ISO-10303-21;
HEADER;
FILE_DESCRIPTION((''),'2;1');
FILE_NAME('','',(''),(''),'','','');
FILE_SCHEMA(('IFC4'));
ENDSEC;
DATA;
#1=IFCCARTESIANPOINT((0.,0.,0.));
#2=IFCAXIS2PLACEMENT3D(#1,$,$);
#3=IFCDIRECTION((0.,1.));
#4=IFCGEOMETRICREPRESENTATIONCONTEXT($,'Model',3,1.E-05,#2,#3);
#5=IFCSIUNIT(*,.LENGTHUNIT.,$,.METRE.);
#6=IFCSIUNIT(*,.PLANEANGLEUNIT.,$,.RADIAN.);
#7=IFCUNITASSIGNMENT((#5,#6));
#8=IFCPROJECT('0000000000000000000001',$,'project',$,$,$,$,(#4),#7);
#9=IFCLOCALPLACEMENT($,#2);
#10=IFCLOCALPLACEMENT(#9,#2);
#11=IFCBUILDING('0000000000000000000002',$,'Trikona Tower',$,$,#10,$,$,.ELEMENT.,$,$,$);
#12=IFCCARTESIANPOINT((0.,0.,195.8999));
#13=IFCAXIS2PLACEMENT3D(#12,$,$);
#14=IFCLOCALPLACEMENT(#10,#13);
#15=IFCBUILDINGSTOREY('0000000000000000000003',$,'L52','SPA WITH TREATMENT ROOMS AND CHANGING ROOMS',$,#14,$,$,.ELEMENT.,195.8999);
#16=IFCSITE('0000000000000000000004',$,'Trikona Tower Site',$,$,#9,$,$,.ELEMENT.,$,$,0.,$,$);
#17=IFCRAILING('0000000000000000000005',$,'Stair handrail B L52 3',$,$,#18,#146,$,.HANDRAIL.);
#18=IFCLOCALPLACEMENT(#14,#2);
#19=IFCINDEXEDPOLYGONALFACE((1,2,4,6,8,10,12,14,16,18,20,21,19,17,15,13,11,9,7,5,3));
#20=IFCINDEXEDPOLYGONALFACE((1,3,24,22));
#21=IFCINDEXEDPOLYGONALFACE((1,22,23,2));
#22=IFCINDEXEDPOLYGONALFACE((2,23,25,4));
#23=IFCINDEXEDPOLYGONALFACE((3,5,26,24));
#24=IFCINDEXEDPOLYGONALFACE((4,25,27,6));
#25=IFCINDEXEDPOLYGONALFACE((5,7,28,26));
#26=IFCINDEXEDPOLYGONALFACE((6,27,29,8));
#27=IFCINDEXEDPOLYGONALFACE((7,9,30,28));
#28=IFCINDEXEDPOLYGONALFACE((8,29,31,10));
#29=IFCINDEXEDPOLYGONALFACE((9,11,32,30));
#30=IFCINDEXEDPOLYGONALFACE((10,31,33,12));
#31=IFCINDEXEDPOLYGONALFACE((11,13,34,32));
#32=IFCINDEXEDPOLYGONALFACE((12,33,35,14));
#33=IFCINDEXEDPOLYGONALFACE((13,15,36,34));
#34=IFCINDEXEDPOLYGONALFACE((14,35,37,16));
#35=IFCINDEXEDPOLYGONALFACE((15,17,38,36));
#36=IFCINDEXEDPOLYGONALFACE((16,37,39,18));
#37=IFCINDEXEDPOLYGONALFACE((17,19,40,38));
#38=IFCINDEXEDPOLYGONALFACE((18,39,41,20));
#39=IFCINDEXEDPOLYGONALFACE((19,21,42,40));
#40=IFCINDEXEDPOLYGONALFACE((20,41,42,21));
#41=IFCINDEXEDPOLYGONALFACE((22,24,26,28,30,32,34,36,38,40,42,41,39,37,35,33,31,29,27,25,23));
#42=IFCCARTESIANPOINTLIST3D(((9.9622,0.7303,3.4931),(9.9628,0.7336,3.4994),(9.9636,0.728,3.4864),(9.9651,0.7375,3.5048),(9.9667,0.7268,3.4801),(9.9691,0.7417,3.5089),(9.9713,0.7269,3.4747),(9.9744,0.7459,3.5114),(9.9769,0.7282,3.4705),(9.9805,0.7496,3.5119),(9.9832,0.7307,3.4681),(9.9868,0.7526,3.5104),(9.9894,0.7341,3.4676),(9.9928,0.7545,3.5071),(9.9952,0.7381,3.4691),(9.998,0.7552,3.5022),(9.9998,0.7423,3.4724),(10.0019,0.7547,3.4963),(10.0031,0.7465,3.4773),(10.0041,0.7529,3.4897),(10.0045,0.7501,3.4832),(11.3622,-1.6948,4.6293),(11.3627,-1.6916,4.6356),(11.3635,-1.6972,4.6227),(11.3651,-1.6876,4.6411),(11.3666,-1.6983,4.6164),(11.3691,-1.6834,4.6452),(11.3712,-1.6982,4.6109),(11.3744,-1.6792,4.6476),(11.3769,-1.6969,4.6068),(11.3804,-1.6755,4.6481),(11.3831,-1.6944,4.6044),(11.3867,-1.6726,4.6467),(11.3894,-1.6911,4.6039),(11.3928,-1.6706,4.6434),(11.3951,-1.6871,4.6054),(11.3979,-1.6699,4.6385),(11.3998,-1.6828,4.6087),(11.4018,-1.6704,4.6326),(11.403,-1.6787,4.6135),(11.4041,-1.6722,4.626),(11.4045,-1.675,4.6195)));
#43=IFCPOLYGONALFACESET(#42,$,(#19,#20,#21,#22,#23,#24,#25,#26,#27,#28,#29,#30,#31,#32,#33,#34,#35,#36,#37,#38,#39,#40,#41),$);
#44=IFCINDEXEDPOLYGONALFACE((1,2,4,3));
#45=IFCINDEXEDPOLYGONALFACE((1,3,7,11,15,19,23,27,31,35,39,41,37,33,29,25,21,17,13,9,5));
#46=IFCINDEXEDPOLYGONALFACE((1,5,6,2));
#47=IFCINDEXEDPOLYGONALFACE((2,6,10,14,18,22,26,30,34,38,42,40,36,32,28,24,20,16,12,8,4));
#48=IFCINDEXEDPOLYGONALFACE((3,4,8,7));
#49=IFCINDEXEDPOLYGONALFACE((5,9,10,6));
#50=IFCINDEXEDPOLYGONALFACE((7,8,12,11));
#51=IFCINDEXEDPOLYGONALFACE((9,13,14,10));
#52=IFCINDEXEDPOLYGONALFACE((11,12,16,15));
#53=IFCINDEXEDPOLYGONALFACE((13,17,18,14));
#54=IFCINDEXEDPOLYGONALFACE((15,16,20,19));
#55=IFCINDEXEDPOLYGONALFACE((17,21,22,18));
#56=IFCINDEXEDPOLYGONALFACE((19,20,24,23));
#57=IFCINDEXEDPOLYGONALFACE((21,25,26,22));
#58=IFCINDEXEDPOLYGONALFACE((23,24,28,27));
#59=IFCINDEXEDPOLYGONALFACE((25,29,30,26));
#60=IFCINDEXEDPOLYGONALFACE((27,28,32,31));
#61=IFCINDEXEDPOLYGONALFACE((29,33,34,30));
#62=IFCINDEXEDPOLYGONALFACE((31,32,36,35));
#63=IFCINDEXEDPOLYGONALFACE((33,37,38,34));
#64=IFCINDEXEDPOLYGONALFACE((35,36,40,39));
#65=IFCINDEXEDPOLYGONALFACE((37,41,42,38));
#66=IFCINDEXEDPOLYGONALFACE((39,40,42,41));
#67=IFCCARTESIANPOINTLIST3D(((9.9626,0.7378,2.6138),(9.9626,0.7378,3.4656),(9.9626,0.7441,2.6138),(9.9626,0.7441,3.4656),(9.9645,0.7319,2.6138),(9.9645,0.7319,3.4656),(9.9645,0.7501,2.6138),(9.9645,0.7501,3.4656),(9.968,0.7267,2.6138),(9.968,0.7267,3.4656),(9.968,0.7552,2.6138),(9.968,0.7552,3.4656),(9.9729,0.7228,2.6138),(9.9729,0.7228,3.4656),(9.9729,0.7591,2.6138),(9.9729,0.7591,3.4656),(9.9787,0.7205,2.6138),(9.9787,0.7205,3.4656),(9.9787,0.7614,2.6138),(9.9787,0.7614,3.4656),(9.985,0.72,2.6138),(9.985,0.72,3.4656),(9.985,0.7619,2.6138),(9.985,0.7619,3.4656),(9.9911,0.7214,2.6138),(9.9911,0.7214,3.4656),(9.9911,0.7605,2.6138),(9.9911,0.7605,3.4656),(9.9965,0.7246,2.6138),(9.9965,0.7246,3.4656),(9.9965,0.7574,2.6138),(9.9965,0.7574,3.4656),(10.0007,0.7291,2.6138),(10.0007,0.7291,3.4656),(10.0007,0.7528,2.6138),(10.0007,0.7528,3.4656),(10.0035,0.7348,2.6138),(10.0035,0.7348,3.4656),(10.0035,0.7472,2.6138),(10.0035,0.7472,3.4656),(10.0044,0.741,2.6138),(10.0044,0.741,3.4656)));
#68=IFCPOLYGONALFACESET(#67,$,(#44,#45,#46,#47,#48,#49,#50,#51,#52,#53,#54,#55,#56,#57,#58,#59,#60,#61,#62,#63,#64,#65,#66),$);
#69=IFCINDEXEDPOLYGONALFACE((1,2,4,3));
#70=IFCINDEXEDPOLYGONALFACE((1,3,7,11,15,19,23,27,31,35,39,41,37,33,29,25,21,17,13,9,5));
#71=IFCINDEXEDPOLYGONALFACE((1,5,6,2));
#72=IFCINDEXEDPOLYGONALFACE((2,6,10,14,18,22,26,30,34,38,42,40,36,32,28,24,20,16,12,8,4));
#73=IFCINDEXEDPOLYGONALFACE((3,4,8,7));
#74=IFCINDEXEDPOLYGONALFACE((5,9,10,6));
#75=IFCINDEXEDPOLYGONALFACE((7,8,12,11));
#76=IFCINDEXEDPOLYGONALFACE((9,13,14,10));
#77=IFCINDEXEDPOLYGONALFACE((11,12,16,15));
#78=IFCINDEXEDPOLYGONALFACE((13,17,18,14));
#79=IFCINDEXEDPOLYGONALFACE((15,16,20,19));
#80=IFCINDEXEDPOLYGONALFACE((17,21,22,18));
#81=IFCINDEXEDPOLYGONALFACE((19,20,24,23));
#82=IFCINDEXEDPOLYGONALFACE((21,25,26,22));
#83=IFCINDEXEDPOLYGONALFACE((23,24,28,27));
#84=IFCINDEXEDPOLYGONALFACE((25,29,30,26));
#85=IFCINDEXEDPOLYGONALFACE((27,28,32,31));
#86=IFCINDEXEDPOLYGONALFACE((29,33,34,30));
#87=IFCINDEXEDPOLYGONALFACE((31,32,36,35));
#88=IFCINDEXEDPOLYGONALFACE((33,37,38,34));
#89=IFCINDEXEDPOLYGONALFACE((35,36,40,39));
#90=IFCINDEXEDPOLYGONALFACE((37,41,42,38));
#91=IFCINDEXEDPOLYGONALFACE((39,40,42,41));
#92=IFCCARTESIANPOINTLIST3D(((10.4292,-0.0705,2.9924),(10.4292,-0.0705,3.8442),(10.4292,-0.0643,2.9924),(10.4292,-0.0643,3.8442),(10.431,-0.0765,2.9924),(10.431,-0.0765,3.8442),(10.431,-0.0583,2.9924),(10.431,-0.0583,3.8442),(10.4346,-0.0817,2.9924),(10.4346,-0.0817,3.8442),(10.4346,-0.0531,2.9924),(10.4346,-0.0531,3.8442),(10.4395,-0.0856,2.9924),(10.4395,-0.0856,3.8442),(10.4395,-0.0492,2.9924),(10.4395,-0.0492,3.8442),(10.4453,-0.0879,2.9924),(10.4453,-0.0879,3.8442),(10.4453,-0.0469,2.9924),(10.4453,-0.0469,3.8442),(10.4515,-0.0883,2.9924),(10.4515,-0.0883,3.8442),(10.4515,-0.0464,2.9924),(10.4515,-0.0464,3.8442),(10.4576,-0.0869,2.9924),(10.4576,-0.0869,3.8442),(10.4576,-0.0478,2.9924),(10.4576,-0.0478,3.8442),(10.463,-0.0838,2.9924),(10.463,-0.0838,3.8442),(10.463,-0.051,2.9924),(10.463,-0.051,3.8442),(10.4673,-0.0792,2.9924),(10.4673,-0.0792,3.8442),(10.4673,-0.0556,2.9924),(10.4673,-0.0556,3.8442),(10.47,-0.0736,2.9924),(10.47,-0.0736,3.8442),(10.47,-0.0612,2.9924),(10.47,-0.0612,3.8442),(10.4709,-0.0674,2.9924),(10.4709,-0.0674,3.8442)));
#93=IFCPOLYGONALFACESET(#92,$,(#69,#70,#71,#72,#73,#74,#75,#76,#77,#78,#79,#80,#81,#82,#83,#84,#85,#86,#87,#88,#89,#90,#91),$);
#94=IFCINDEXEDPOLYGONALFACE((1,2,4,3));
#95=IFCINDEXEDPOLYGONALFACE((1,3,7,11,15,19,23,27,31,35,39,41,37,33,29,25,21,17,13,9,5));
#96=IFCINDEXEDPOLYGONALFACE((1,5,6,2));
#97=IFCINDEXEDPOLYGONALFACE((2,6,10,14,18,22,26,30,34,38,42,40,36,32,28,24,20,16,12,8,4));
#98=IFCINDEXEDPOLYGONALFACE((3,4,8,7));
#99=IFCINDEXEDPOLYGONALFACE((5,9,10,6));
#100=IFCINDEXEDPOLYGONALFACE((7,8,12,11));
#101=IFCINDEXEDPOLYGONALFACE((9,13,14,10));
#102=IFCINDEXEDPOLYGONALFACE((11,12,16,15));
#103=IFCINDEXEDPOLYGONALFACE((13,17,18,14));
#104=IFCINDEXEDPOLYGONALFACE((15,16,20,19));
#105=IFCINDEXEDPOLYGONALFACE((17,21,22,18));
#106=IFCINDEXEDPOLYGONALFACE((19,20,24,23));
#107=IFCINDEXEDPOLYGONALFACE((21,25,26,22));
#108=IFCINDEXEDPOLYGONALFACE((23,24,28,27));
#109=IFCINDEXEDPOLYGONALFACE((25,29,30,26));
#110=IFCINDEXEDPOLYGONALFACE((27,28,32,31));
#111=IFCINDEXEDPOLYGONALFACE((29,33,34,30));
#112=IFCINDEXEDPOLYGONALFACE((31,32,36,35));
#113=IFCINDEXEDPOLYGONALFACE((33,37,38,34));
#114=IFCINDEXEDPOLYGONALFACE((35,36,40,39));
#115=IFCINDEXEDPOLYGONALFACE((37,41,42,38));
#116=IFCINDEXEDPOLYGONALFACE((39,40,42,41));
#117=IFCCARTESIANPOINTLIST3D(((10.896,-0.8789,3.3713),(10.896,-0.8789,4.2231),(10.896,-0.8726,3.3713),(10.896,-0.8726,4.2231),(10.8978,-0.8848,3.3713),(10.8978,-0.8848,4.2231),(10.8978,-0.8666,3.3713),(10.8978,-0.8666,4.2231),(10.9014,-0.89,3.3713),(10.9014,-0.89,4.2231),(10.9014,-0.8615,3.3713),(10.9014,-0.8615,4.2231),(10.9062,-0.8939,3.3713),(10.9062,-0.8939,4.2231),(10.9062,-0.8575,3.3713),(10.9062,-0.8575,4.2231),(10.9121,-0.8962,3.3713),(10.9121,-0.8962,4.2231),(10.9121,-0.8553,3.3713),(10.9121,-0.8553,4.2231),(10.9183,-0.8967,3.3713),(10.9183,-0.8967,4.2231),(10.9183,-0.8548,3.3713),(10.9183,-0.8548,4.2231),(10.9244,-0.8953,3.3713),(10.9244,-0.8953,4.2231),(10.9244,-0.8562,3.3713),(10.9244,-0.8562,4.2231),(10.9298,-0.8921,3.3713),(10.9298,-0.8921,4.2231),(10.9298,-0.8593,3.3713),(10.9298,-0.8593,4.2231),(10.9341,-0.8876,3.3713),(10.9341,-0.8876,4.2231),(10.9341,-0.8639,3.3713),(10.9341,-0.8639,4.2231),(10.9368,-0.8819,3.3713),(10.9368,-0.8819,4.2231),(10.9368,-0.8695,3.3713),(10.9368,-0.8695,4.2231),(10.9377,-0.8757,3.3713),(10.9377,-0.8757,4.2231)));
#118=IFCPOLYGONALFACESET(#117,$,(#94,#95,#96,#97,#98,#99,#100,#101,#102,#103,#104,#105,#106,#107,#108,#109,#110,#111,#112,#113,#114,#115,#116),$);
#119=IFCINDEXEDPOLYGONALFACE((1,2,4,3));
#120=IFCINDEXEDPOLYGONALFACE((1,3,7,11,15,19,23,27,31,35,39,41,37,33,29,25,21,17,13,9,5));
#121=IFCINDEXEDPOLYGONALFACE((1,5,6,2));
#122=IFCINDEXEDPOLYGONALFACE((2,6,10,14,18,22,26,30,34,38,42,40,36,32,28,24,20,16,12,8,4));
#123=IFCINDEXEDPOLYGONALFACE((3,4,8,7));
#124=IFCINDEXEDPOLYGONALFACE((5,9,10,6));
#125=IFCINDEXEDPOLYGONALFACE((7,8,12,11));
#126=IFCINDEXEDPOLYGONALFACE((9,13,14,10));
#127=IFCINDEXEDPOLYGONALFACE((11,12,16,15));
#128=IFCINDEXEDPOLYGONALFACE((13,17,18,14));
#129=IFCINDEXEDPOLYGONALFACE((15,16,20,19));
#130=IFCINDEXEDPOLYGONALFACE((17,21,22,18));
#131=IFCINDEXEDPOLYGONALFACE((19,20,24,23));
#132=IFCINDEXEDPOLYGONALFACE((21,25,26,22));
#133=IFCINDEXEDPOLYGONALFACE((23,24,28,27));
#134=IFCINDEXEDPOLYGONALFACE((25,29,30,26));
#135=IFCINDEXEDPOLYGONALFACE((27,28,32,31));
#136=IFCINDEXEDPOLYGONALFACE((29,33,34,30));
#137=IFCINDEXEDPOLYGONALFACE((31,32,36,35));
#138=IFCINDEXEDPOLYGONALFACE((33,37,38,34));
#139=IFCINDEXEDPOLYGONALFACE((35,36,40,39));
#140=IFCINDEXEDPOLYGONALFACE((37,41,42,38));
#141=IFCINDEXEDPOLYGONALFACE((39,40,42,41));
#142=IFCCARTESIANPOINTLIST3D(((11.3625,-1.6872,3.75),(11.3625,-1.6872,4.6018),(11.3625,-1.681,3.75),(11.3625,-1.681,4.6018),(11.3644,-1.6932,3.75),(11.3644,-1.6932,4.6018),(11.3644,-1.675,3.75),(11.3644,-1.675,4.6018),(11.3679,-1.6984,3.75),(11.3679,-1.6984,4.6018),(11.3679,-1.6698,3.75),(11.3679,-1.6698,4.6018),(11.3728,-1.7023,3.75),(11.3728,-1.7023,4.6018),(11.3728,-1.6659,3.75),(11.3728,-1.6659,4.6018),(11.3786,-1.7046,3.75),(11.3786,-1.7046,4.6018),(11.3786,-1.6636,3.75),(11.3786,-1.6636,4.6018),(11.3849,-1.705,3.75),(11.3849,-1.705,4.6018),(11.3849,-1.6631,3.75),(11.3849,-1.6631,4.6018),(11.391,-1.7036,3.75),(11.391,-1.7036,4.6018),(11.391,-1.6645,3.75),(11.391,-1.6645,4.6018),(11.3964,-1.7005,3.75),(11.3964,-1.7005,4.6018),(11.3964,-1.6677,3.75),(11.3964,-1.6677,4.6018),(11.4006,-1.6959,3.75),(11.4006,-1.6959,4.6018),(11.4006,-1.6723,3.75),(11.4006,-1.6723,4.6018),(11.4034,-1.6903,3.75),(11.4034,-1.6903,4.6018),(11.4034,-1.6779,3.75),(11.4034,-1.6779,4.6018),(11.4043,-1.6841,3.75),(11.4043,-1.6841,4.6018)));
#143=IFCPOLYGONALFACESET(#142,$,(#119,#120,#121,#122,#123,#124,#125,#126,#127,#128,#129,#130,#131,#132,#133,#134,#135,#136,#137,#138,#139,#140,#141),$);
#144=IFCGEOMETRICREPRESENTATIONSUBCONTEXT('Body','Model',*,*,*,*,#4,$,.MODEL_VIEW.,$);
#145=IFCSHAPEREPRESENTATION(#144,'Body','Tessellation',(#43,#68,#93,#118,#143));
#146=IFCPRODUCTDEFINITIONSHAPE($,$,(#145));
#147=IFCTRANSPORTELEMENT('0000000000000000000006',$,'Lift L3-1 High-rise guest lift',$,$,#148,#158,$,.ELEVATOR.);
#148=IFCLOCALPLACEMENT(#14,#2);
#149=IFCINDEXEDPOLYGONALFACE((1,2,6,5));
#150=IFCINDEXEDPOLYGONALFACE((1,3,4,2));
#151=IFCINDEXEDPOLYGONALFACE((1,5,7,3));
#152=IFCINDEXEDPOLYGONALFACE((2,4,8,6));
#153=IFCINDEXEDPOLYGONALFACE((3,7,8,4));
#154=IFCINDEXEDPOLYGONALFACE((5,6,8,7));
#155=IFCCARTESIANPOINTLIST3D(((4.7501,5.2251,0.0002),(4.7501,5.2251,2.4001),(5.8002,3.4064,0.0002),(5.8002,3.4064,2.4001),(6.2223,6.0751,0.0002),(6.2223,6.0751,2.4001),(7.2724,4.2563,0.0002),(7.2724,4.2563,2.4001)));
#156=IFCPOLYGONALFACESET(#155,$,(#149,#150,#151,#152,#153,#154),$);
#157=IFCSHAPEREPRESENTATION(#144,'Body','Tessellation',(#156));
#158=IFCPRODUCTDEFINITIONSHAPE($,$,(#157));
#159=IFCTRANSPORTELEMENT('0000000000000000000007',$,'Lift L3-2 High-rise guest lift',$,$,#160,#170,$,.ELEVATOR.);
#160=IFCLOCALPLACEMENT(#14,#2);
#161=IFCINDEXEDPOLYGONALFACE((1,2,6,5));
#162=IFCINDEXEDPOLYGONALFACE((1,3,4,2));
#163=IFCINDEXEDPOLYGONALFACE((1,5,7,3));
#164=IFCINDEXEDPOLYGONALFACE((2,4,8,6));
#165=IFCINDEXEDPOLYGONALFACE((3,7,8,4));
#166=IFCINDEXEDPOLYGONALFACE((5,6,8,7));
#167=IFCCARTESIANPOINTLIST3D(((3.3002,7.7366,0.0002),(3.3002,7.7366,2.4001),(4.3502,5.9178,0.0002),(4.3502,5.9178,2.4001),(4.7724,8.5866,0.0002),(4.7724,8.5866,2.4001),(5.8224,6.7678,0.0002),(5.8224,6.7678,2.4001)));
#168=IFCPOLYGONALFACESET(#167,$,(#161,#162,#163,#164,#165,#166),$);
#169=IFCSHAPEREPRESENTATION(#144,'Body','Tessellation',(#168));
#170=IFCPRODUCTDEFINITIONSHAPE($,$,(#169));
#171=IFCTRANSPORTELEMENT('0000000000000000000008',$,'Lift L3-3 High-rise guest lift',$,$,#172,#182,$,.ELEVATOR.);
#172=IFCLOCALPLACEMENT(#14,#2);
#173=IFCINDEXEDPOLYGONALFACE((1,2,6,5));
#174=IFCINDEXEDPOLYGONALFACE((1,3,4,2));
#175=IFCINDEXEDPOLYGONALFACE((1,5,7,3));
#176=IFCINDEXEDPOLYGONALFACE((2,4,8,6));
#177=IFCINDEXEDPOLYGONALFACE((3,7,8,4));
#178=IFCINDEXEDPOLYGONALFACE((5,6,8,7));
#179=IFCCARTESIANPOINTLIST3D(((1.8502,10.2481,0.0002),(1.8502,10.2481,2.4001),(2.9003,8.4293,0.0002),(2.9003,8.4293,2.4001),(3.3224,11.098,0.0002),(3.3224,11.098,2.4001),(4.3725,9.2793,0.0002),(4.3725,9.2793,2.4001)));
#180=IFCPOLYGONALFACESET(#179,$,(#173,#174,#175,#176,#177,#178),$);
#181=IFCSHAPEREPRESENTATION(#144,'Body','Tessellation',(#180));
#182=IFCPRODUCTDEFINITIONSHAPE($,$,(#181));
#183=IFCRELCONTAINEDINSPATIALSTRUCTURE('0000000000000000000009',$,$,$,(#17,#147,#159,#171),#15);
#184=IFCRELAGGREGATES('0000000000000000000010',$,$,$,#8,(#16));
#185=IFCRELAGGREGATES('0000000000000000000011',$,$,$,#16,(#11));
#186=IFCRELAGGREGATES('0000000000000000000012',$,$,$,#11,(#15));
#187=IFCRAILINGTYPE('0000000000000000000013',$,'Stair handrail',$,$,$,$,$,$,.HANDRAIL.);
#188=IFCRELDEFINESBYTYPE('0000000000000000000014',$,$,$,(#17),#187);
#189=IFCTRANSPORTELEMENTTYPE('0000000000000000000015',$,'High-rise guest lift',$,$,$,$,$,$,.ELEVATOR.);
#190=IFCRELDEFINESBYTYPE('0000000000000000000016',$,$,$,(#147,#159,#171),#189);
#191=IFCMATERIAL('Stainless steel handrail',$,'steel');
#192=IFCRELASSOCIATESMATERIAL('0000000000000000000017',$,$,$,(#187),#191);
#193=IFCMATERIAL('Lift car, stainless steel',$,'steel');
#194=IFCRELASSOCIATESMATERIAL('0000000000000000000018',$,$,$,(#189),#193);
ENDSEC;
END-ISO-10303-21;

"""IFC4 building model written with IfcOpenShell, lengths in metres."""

from ifc_helpers import new_model, si_unit, direction, frame, origin, origin_2d, place, context, subcontext, project, spatial, rectangle, circle, extrude, material, type_object, element, save


model = new_model("IFC4")

# Units and contexts
model_context = context("Model", 3, precision=1e-05, world=origin(), true_north=direction((0.0, 1.0)))
body_context = subcontext(model_context, "Body", "Model", "MODEL_VIEW")
ifc_project = project(units=[si_unit("LENGTHUNIT", "METRE"), si_unit("PLANEANGLEUNIT", "RADIAN")], contexts=[model_context])

# Site, building, storey
site_placement = place(None, origin())
site = spatial("IfcSite", under=ifc_project, at=site_placement, Name="Trikona Tower Site", CompositionType="ELEMENT", RefElevation=0.0)
building_placement = place(site_placement, origin())
building = spatial("IfcBuilding", under=site, at=building_placement, Name="Trikona Tower", CompositionType="ELEMENT")
storey_placement = place(building_placement, frame((0.0, 0.0, 195.8999)))
storey = spatial("IfcBuildingStorey", under=building, at=storey_placement, Name="L52", Description="SPA WITH TREATMENT ROOMS AND CHANGING ROOMS", CompositionType="ELEMENT", Elevation=195.8999)

# Railing
ifc_material_1 = material(Name="Stainless steel handrail", Category="steel")
railing_type = type_object("IfcRailingType", Name="Stair handrail", PredefinedType="HANDRAIL", material=ifc_material_1)
for number, where, name in (
    (1, (9.9834, 0.741, 2.6138), "Stair handrail B L52 3"),
):
    element("IfcRailing", number, at=place(storey_placement, frame(where)), inside=storey, type_object=railing_type, Name=name, PredefinedType="HANDRAIL", context=body_context, shape_type="SweptSolid", body=[
        extrude(circle(Radius=0.0239, at=origin_2d()), frame((0.0, 0.0, 0.876), z_axis=(0.463259, -0.802503, 0.376004), x_axis=(0.866056, 0.499946, 0.0)), (0.0, 0.0, 1.0), 3.022),
        extrude(circle(Radius=0.021, at=origin_2d()), origin(), (0.0, 0.0, 1.0), 0.8518),
        extrude(circle(Radius=0.021, at=origin_2d()), frame((0.4666, -0.8083, 0.3787)), (0.0, 0.0, 1.0), 0.8518),
        extrude(circle(Radius=0.021, at=origin_2d()), frame((0.9333, -1.6167, 0.7576)), (0.0, 0.0, 1.0), 0.8518),
        extrude(circle(Radius=0.021, at=origin_2d()), frame((1.3999, -2.425, 1.1362)), (0.0, 0.0, 1.0), 0.8518),
    ])

# Transport elements
ifc_material_2 = material(Name="Lift car, stainless steel", Category="steel")
transport_element_type = type_object("IfcTransportElementType", Name="High-rise guest lift", PredefinedType="ELEVATOR", material=ifc_material_2)
for number, where, z_axis, x_axis, name in (
    (2, (6.0112, 4.7407, 0.0002), (0.0, 0.0, 1.0), (-0.5, 0.866025, 0.0), "Lift L3-1 High-rise guest lift"),
    (3, (4.5613, 7.2522, 0.0002), (0.0, 0.0, 1.0), (-0.5, 0.866025, 0.0), "Lift L3-2 High-rise guest lift"),
    (4, (3.1113, 9.7637, 0.0002), (0.0, 0.0, 1.0), (-0.5, 0.866025, 0.0), "Lift L3-3 High-rise guest lift"),
):
    element("IfcTransportElement", number, at=place(storey_placement, frame(where, z_axis=z_axis, x_axis=x_axis)), inside=storey, type_object=transport_element_type, Name=name, PredefinedType="ELEVATOR", context=body_context, shape_type="SweptSolid", body=[
        extrude(rectangle(XDim=2.1001, YDim=1.7, at=origin_2d()), origin(), (0.0, 0.0, 1.0), 2.3999),
    ])

save(model, "model.ifc")
